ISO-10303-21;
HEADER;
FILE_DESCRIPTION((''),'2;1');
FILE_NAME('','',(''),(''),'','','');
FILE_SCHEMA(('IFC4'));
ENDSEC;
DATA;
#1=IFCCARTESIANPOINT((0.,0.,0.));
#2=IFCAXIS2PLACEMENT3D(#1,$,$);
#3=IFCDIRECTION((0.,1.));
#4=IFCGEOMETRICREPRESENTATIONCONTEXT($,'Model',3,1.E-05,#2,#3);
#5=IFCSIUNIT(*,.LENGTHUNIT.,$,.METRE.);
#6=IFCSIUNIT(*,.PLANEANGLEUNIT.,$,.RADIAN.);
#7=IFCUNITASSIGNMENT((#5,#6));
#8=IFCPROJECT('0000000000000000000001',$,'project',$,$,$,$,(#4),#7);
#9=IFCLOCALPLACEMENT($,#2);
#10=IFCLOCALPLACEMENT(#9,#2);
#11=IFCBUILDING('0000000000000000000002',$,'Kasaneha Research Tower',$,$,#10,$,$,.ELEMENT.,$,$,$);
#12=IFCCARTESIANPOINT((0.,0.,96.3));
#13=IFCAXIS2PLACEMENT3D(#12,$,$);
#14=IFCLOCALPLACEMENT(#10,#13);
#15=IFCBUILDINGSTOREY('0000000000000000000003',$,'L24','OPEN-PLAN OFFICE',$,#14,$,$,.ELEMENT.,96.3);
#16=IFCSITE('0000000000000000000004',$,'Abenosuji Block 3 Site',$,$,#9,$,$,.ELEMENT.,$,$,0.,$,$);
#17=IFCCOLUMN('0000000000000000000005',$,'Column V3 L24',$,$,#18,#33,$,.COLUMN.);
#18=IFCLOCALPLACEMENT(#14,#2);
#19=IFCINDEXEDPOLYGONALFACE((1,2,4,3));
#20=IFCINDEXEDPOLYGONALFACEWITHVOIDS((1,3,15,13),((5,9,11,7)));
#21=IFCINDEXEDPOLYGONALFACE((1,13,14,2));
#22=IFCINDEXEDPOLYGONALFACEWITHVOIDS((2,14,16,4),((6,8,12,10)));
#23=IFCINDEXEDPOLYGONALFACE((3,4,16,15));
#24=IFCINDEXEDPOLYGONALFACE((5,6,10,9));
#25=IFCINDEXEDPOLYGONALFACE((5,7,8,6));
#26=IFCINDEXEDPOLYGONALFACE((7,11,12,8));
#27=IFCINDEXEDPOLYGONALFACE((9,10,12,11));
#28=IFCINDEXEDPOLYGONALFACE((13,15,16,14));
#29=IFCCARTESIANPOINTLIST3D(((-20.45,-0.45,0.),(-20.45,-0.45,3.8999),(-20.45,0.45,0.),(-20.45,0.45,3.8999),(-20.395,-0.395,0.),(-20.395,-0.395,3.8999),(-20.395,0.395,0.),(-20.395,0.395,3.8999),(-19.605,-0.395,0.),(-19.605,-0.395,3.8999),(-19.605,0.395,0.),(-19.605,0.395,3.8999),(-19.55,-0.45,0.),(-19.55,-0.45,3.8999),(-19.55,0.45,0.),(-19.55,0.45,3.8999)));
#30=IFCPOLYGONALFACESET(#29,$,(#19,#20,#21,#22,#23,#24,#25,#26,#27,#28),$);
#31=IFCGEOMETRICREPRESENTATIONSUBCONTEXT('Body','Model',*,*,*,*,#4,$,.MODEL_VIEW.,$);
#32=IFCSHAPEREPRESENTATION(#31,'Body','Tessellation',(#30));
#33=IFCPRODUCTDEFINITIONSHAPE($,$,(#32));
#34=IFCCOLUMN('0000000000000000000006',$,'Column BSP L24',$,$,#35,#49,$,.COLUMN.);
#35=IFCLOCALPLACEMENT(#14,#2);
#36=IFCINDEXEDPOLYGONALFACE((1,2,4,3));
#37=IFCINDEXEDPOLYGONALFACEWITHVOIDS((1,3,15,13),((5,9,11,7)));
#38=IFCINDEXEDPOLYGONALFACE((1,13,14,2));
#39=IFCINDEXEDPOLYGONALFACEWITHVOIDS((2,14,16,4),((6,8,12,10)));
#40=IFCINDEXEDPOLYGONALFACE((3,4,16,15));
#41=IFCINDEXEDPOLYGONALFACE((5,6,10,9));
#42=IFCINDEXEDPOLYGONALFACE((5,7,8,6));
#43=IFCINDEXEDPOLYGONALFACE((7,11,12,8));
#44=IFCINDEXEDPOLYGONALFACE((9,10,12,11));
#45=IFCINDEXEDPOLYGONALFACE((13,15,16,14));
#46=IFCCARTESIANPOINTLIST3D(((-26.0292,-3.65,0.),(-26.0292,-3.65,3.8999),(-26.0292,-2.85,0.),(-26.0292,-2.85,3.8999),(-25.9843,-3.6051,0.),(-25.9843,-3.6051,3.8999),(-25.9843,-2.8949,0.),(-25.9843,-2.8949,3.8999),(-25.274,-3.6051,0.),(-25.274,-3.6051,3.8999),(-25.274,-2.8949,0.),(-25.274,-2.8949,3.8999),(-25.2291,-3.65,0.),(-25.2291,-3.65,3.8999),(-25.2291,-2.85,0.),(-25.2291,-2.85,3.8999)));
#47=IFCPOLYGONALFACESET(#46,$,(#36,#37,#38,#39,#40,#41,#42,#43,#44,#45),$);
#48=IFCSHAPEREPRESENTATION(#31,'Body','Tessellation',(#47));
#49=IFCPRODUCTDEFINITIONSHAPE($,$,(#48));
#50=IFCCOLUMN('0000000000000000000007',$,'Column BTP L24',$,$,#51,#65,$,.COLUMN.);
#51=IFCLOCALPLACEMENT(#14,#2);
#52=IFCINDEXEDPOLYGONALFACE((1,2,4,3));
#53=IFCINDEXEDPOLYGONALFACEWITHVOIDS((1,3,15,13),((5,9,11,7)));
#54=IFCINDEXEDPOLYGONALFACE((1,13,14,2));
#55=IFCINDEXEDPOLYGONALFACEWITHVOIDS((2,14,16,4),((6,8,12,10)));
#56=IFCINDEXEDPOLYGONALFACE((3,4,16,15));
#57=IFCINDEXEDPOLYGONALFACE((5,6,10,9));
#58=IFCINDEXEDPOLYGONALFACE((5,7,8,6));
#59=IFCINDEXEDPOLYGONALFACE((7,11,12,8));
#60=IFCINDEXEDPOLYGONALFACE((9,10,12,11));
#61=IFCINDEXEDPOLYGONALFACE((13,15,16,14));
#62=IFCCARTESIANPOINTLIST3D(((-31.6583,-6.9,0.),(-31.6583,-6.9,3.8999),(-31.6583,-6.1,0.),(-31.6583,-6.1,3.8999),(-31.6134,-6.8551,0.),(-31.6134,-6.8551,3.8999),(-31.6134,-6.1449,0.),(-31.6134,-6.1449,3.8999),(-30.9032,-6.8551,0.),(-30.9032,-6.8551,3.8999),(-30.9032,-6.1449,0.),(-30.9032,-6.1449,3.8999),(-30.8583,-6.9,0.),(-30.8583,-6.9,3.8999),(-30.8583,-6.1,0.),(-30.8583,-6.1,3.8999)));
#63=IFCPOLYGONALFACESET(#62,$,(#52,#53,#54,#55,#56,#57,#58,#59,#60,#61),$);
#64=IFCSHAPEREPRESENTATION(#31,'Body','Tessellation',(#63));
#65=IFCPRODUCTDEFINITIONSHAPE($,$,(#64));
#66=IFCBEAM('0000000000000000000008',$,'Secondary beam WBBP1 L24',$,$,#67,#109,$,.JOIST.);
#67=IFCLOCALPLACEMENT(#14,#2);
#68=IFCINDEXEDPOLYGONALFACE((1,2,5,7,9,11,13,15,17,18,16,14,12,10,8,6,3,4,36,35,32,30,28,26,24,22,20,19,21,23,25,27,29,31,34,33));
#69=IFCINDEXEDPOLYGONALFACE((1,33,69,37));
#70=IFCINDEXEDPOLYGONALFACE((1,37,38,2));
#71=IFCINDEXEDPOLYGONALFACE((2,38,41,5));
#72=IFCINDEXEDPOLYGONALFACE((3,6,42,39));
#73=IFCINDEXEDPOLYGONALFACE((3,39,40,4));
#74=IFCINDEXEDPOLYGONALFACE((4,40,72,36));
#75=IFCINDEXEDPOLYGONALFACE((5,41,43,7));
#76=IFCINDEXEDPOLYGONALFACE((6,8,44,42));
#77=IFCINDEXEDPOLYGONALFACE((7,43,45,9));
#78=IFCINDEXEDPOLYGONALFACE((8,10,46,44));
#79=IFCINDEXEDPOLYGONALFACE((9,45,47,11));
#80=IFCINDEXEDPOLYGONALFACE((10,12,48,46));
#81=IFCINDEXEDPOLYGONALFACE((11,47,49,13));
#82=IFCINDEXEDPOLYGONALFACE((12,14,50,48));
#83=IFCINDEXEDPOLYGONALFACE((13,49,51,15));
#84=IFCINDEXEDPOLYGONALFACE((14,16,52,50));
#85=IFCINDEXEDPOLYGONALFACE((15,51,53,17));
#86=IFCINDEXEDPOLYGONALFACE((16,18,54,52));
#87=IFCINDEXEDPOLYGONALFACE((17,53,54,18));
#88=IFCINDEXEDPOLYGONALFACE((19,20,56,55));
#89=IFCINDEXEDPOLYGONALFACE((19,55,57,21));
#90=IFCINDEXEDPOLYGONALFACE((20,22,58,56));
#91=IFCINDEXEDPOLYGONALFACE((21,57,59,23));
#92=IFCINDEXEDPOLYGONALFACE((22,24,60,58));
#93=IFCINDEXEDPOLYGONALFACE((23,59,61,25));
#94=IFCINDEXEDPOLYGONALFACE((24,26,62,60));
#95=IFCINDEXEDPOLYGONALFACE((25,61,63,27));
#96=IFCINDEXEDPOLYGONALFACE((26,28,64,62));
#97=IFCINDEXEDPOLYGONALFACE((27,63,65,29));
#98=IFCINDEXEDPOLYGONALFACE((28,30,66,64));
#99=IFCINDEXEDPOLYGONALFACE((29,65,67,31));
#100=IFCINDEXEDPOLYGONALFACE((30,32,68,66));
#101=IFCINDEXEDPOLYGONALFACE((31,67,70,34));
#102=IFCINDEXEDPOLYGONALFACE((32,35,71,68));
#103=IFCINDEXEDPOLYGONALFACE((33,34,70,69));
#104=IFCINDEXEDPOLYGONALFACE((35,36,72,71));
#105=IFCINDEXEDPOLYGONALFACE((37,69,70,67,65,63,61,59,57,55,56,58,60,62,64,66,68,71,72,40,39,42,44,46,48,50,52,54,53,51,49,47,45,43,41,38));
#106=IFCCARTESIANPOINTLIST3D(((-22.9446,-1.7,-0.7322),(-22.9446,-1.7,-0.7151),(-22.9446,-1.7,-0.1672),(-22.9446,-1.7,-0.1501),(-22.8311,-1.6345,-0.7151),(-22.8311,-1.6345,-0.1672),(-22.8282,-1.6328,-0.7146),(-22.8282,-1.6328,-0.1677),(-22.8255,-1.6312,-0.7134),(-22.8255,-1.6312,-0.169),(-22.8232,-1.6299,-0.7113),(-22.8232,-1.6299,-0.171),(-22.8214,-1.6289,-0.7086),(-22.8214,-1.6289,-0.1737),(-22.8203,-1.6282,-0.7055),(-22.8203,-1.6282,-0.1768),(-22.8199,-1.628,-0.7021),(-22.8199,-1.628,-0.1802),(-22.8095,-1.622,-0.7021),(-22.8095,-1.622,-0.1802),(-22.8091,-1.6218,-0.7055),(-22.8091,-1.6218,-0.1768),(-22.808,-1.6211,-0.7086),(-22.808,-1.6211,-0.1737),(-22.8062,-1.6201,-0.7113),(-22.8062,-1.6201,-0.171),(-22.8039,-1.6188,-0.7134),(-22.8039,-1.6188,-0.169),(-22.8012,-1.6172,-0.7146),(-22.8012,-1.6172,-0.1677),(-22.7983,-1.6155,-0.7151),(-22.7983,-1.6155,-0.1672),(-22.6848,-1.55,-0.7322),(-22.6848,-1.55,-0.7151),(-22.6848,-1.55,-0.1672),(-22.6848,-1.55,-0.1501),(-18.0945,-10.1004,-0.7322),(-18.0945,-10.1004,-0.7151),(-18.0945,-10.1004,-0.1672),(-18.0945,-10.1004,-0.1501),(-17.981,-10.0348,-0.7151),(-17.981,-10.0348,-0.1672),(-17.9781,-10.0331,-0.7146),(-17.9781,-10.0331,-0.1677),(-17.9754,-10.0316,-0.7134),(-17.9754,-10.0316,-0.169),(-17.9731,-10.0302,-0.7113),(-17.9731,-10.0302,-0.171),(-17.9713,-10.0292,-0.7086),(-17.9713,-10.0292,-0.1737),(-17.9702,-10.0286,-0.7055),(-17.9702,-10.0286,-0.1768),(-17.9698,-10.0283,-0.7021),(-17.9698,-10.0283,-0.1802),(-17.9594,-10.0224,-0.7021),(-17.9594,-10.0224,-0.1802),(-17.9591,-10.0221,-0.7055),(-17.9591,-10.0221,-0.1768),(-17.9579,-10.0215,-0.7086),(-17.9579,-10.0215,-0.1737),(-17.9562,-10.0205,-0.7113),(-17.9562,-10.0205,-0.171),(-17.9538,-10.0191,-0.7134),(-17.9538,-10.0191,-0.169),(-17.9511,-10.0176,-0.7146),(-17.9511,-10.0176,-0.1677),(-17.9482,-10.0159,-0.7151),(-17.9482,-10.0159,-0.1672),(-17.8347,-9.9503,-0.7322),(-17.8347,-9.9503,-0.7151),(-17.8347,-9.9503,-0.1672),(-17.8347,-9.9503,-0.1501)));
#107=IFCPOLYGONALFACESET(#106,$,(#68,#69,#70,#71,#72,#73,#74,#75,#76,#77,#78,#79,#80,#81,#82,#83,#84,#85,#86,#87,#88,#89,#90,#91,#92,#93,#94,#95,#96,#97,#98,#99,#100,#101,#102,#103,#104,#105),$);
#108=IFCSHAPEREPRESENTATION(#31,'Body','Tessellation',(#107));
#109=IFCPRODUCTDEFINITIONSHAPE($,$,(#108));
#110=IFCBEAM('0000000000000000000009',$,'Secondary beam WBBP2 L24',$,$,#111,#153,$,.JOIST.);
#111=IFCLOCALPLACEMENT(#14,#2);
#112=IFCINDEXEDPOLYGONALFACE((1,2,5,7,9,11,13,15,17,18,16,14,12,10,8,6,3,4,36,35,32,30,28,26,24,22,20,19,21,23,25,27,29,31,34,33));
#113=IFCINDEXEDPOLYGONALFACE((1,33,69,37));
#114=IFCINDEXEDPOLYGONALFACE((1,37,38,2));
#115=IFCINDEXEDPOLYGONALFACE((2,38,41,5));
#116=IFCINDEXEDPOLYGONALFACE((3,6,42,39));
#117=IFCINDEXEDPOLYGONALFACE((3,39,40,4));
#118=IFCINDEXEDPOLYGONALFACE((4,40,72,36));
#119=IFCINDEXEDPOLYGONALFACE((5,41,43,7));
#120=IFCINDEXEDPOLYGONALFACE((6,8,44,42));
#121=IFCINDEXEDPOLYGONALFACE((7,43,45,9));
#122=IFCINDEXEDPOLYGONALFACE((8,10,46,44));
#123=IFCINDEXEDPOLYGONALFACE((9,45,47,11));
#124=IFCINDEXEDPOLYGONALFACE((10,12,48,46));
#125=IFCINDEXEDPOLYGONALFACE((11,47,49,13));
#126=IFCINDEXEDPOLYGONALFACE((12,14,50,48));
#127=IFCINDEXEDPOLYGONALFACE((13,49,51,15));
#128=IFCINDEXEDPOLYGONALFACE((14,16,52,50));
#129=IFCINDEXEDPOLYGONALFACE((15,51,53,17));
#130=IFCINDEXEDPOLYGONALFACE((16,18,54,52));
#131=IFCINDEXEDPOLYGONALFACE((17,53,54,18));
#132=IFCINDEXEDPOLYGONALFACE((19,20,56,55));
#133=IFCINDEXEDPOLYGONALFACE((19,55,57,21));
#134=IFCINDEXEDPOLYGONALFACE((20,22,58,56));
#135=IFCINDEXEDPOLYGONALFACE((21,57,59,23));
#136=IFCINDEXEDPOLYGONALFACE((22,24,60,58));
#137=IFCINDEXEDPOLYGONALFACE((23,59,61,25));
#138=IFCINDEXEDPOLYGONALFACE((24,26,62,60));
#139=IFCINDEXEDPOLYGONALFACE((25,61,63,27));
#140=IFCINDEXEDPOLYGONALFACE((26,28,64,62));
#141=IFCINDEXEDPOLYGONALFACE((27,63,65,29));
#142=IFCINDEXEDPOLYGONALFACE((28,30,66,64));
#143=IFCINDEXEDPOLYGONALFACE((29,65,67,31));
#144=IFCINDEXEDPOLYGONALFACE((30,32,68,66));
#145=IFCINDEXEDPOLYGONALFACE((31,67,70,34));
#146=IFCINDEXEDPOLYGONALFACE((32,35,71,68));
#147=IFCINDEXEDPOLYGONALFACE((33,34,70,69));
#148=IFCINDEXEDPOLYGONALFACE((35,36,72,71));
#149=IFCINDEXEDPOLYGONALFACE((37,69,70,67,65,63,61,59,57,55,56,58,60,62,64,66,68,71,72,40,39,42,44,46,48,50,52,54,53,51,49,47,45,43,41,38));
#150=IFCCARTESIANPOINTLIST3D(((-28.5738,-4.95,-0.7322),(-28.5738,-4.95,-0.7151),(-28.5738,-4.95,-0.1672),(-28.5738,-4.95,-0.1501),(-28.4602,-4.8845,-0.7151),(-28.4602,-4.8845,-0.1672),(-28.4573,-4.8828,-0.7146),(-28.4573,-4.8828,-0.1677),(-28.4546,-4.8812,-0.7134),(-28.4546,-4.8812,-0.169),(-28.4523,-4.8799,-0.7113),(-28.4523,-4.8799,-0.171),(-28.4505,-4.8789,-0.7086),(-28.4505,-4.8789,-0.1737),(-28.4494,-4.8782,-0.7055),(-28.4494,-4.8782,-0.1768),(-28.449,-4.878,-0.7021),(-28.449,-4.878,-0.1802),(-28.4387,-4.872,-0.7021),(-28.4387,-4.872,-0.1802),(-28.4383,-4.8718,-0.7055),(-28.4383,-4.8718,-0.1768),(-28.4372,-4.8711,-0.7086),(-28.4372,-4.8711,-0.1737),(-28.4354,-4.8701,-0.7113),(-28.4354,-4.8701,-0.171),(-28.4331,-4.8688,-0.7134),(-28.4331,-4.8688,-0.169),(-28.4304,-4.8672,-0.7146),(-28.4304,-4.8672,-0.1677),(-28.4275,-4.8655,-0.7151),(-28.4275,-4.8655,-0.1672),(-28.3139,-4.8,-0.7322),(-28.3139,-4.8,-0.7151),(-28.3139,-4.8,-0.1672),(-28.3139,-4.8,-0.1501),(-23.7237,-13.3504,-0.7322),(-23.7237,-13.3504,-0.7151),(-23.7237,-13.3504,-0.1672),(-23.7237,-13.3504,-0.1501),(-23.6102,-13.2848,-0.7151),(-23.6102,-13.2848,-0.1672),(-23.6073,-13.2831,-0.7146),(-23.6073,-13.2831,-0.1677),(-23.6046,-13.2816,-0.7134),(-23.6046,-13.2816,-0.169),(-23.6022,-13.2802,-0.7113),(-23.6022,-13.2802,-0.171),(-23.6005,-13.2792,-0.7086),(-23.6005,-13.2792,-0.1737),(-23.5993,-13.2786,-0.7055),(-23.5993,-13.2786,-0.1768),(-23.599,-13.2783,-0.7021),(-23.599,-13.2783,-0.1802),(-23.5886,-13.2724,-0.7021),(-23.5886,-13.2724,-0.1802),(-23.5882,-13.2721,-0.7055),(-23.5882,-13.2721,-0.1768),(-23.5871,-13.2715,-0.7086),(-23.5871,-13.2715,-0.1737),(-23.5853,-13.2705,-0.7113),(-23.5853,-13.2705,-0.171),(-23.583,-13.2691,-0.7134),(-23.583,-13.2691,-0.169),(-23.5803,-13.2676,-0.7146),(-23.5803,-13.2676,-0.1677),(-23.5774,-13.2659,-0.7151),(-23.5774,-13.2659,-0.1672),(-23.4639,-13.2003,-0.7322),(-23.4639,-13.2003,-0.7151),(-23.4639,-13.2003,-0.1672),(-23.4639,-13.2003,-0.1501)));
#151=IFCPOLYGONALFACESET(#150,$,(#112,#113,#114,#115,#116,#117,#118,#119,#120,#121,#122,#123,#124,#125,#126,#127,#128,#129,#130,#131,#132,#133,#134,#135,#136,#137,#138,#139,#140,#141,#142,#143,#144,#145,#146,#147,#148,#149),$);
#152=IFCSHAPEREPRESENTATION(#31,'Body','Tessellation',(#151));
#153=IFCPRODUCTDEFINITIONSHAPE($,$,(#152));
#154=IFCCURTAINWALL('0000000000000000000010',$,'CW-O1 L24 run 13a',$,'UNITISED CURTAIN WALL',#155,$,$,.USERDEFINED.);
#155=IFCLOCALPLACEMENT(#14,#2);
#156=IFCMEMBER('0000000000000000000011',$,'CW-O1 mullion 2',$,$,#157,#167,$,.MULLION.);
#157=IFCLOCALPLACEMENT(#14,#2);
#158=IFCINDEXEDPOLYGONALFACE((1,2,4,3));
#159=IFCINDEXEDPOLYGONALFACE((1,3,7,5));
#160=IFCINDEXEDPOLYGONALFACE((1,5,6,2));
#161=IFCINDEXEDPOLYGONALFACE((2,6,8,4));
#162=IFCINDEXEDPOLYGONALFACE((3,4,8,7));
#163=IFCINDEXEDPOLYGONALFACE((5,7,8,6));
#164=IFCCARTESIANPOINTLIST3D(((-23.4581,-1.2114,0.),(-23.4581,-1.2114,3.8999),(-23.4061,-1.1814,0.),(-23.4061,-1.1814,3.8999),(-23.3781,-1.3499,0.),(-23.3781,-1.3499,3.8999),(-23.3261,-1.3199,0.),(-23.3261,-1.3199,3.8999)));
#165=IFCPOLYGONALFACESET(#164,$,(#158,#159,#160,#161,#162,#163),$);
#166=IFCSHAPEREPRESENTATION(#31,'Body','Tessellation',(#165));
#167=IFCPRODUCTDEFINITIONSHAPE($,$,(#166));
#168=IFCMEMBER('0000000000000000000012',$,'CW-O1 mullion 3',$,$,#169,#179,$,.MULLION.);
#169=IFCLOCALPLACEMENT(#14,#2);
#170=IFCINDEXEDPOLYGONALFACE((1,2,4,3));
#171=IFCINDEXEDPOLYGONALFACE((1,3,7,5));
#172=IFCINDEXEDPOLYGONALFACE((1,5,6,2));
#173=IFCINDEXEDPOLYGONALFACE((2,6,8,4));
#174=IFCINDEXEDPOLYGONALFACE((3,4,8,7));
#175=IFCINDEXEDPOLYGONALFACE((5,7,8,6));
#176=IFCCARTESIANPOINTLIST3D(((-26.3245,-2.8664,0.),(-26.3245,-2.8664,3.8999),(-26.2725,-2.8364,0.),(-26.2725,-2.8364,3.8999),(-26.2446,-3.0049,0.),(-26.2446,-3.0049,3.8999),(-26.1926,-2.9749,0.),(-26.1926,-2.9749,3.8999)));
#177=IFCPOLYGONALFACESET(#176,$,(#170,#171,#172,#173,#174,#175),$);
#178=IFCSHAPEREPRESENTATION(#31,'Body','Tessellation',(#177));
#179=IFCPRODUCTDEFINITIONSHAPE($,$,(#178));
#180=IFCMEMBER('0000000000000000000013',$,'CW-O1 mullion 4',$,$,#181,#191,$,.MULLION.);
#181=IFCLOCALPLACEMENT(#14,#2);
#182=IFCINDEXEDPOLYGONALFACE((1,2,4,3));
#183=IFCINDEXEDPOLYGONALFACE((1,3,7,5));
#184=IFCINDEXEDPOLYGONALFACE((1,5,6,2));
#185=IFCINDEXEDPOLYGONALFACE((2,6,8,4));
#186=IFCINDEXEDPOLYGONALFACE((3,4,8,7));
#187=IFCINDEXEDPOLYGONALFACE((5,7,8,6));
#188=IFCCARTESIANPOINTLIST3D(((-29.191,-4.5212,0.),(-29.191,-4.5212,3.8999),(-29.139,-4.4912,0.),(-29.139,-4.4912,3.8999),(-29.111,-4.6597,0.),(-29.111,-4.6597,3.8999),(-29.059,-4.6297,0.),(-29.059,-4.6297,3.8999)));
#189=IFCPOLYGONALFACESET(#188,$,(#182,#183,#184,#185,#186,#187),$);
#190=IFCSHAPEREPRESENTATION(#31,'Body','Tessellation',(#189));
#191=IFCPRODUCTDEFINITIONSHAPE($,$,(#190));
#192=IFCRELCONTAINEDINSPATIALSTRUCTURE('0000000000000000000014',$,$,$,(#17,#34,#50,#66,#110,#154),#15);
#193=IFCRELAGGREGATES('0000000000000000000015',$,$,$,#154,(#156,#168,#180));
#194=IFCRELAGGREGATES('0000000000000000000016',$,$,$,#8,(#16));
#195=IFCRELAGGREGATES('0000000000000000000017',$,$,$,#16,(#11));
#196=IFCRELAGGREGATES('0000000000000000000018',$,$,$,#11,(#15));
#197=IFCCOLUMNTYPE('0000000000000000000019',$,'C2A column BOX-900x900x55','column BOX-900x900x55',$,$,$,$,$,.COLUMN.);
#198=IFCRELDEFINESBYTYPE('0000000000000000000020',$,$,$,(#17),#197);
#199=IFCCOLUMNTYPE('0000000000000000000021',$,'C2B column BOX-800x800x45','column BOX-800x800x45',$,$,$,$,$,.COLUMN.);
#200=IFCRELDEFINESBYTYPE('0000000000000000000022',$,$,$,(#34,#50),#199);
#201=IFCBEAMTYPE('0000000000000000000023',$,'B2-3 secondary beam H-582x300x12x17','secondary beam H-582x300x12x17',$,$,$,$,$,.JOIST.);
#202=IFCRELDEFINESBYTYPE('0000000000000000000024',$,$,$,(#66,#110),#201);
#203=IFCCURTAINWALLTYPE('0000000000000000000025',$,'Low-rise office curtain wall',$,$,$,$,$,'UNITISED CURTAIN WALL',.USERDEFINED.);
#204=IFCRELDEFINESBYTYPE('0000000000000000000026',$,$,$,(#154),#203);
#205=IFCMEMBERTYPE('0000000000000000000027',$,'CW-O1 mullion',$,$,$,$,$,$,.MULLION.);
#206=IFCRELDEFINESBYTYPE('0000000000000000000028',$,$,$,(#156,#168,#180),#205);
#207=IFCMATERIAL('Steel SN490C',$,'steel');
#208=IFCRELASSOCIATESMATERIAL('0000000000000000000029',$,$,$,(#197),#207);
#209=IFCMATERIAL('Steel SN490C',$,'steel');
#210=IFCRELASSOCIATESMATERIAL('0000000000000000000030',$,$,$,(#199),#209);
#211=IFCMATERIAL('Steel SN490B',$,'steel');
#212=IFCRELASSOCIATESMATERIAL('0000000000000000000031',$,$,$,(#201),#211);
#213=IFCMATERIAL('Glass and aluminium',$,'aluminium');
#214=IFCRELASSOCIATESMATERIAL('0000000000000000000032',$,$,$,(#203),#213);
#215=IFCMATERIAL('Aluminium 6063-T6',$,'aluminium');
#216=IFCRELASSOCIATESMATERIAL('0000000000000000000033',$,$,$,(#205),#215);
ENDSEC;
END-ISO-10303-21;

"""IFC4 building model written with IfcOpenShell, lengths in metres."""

from ifc_helpers import new_model, si_unit, direction, frame, origin, origin_2d, place, context, subcontext, project, spatial, rectangle, hollow_rectangle, i_section, extrude, material, material_profile, profile_set, type_object, element, aggregate, save


model = new_model("IFC4")

# Units and contexts
model_context = context("Model", 3, precision=1e-05, world=origin(), true_north=direction((0.0, 1.0)))
body_context = subcontext(model_context, "Body", "Model", "MODEL_VIEW")
ifc_project = project(units=[si_unit("LENGTHUNIT", "METRE"), si_unit("PLANEANGLEUNIT", "RADIAN")], contexts=[model_context])

# Site, building, storey
site_placement = place(None, origin())
site = spatial("IfcSite", under=ifc_project, at=site_placement, Name="Abenosuji Block 3 Site", CompositionType="ELEMENT", RefElevation=0.0)
building_placement = place(site_placement, origin())
building = spatial("IfcBuilding", under=site, at=building_placement, Name="Kasaneha Research Tower", CompositionType="ELEMENT")
storey_placement = place(building_placement, frame((0.0, 0.0, 96.3)))
storey = spatial("IfcBuildingStorey", under=building, at=storey_placement, Name="L24", Description="OPEN-PLAN OFFICE", CompositionType="ELEMENT", Elevation=96.3)

# Columns
ifc_material_1 = material(Name="Steel SN490C", Category="steel")
ifc_material_profile_1 = material_profile(ifc_material_1, hollow_rectangle(XDim=0.8999, YDim=0.8999, WallThickness=0.0549, at=origin_2d()), Name="BOX-900x900x55")
ifc_profile_set_1 = profile_set([ifc_material_profile_1], Name="Steel SN490C")
column_type_1 = type_object("IfcColumnType", Name="C2A column BOX-900x900x55", Description="column BOX-900x900x55", PredefinedType="COLUMN", material=ifc_profile_set_1)
column_placement = place(storey_placement, frame((-20.0, 0.0, 0.0), z_axis=(0.0, 0.0, 1.0), x_axis=(1.0, 0.0, 0.0)))
element("IfcColumn", 1, at=column_placement, inside=storey, type_object=column_type_1, Name="Column V3 L24", PredefinedType="COLUMN", context=body_context, shape_type="SweptSolid", body=[
    extrude(hollow_rectangle(XDim=0.8999, YDim=0.8999, WallThickness=0.0549, at=origin_2d()), origin(), (0.0, 0.0, 1.0), 3.8999),
])
ifc_material_2 = material(Name="Steel SN490C", Category="steel")
ifc_material_profile_2 = material_profile(ifc_material_2, hollow_rectangle(XDim=0.8, YDim=0.8, WallThickness=0.0449, at=origin_2d()), Name="BOX-800x800x45")
ifc_profile_set_2 = profile_set([ifc_material_profile_2], Name="Steel SN490C")
column_type_2 = type_object("IfcColumnType", Name="C2B column BOX-800x800x45", Description="column BOX-800x800x45", PredefinedType="COLUMN", material=ifc_profile_set_2)
for number, where, z_axis, x_axis, name in (
    (2, (-25.6292, -3.25, 0.0), (0.0, 0.0, 1.0), (1.0, 0.0, 0.0), "Column BSP L24"),
    (3, (-31.2583, -6.5, 0.0), (0.0, 0.0, 1.0), (1.0, 0.0, 0.0), "Column BTP L24"),
):
    element("IfcColumn", number, at=place(storey_placement, frame(where, z_axis=z_axis, x_axis=x_axis)), inside=storey, type_object=column_type_2, Name=name, PredefinedType="COLUMN", context=body_context, shape_type="SweptSolid", body=[
        extrude(hollow_rectangle(XDim=0.8, YDim=0.8, WallThickness=0.0449, at=origin_2d()), origin(), (0.0, 0.0, 1.0), 3.8999),
    ])

# Beams
ifc_material_3 = material(Name="Steel SN490B", Category="steel")
ifc_material_profile_3 = material_profile(ifc_material_3, i_section(OverallWidth=0.3, OverallDepth=0.582, WebThickness=0.012, FlangeThickness=0.0171, FilletRadius=0.0129, at=origin_2d()), Name="H-582x300x12x17")
ifc_profile_set_3 = profile_set([ifc_material_profile_3], Name="Steel SN490B")
beam_type_1 = type_object("IfcBeamType", Name="B2-3 secondary beam H-582x300x12x17", Description="secondary beam H-582x300x12x17", PredefinedType="JOIST", material=ifc_profile_set_3)
for number, where, z_axis, x_axis, name in (
    (4, (-22.8147, -1.625, -0.4412), (0.50001, -0.86602, 0.0), (0.86602, 0.50001, 0.0), "Secondary beam WBBP1 L24"),
    (5, (-28.4438, -4.875, -0.4412), (0.50001, -0.86602, 0.0), (0.86602, 0.50001, 0.0), "Secondary beam WBBP2 L24"),
):
    element("IfcBeam", number, at=place(storey_placement, frame(where, z_axis=z_axis, x_axis=x_axis)), inside=storey, type_object=beam_type_1, Name=name, PredefinedType="JOIST", context=body_context, shape_type="SweptSolid", body=[
        extrude(i_section(OverallWidth=0.3, OverallDepth=0.582, WebThickness=0.012, FlangeThickness=0.0171, FilletRadius=0.0129, at=origin_2d()), origin(), (0.0, 0.0, 1.0), 9.7),
    ])

# Curtain wall, members
ifc_material_4 = material(Name="Glass and aluminium", Category="aluminium")
curtain_wall_type = type_object("IfcCurtainWallType", Name="Low-rise office curtain wall", ElementType="UNITISED CURTAIN WALL", PredefinedType="USERDEFINED", material=ifc_material_4)
curtain_wall_1_placement = place(storey_placement, origin())
curtain_wall_1 = element("IfcCurtainWall", 6, at=curtain_wall_1_placement, inside=storey, type_object=curtain_wall_type, Name="CW-O1 L24 run 13a", ObjectType="UNITISED CURTAIN WALL", PredefinedType="USERDEFINED")
ifc_material_5 = material(Name="Aluminium 6063-T6", Category="aluminium")
ifc_material_profile_4 = material_profile(ifc_material_5, rectangle(XDim=0.0601, YDim=0.1599, at=origin_2d()), Name="CW-O1 mullion 60x160")
ifc_profile_set_4 = profile_set([ifc_material_profile_4], Name="Aluminium 6063-T6")
member_type_1 = type_object("IfcMemberType", Name="CW-O1 mullion", PredefinedType="MULLION", material=ifc_profile_set_4)
member_1_placement = place(storey_placement, frame((-23.3921, -1.2656, 0.0), z_axis=(0.0, 0.0, 1.0), x_axis=(-0.866025, -0.5, 0.0)))
member_1 = element("IfcMember", 7, at=member_1_placement, type_object=member_type_1, Name="CW-O1 mullion 2", PredefinedType="MULLION", context=body_context, shape_type="SweptSolid", body=[
    extrude(rectangle(XDim=0.0601, YDim=0.1599, at=origin_2d()), origin(), (0.0, 0.0, 1.0), 3.8999),
])
member_2_placement = place(storey_placement, frame((-26.2585, -2.9207, 0.0), z_axis=(0.0, 0.0, 1.0), x_axis=(-0.866025, -0.5, 0.0)))
member_2 = element("IfcMember", 8, at=member_2_placement, type_object=member_type_1, Name="CW-O1 mullion 3", PredefinedType="MULLION", context=body_context, shape_type="SweptSolid", body=[
    extrude(rectangle(XDim=0.0601, YDim=0.1599, at=origin_2d()), origin(), (0.0, 0.0, 1.0), 3.8999),
])
member_3_placement = place(storey_placement, frame((-29.125, -4.5754, 0.0), z_axis=(0.0, 0.0, 1.0), x_axis=(-0.866025, -0.5, 0.0)))
member_3 = element("IfcMember", 9, at=member_3_placement, type_object=member_type_1, Name="CW-O1 mullion 4", PredefinedType="MULLION", context=body_context, shape_type="SweptSolid", body=[
    extrude(rectangle(XDim=0.0601, YDim=0.1599, at=origin_2d()), origin(), (0.0, 0.0, 1.0), 3.8999),
])

aggregate(curtain_wall_1, [member_1, member_2, member_3])

save(model, "model.ifc")
